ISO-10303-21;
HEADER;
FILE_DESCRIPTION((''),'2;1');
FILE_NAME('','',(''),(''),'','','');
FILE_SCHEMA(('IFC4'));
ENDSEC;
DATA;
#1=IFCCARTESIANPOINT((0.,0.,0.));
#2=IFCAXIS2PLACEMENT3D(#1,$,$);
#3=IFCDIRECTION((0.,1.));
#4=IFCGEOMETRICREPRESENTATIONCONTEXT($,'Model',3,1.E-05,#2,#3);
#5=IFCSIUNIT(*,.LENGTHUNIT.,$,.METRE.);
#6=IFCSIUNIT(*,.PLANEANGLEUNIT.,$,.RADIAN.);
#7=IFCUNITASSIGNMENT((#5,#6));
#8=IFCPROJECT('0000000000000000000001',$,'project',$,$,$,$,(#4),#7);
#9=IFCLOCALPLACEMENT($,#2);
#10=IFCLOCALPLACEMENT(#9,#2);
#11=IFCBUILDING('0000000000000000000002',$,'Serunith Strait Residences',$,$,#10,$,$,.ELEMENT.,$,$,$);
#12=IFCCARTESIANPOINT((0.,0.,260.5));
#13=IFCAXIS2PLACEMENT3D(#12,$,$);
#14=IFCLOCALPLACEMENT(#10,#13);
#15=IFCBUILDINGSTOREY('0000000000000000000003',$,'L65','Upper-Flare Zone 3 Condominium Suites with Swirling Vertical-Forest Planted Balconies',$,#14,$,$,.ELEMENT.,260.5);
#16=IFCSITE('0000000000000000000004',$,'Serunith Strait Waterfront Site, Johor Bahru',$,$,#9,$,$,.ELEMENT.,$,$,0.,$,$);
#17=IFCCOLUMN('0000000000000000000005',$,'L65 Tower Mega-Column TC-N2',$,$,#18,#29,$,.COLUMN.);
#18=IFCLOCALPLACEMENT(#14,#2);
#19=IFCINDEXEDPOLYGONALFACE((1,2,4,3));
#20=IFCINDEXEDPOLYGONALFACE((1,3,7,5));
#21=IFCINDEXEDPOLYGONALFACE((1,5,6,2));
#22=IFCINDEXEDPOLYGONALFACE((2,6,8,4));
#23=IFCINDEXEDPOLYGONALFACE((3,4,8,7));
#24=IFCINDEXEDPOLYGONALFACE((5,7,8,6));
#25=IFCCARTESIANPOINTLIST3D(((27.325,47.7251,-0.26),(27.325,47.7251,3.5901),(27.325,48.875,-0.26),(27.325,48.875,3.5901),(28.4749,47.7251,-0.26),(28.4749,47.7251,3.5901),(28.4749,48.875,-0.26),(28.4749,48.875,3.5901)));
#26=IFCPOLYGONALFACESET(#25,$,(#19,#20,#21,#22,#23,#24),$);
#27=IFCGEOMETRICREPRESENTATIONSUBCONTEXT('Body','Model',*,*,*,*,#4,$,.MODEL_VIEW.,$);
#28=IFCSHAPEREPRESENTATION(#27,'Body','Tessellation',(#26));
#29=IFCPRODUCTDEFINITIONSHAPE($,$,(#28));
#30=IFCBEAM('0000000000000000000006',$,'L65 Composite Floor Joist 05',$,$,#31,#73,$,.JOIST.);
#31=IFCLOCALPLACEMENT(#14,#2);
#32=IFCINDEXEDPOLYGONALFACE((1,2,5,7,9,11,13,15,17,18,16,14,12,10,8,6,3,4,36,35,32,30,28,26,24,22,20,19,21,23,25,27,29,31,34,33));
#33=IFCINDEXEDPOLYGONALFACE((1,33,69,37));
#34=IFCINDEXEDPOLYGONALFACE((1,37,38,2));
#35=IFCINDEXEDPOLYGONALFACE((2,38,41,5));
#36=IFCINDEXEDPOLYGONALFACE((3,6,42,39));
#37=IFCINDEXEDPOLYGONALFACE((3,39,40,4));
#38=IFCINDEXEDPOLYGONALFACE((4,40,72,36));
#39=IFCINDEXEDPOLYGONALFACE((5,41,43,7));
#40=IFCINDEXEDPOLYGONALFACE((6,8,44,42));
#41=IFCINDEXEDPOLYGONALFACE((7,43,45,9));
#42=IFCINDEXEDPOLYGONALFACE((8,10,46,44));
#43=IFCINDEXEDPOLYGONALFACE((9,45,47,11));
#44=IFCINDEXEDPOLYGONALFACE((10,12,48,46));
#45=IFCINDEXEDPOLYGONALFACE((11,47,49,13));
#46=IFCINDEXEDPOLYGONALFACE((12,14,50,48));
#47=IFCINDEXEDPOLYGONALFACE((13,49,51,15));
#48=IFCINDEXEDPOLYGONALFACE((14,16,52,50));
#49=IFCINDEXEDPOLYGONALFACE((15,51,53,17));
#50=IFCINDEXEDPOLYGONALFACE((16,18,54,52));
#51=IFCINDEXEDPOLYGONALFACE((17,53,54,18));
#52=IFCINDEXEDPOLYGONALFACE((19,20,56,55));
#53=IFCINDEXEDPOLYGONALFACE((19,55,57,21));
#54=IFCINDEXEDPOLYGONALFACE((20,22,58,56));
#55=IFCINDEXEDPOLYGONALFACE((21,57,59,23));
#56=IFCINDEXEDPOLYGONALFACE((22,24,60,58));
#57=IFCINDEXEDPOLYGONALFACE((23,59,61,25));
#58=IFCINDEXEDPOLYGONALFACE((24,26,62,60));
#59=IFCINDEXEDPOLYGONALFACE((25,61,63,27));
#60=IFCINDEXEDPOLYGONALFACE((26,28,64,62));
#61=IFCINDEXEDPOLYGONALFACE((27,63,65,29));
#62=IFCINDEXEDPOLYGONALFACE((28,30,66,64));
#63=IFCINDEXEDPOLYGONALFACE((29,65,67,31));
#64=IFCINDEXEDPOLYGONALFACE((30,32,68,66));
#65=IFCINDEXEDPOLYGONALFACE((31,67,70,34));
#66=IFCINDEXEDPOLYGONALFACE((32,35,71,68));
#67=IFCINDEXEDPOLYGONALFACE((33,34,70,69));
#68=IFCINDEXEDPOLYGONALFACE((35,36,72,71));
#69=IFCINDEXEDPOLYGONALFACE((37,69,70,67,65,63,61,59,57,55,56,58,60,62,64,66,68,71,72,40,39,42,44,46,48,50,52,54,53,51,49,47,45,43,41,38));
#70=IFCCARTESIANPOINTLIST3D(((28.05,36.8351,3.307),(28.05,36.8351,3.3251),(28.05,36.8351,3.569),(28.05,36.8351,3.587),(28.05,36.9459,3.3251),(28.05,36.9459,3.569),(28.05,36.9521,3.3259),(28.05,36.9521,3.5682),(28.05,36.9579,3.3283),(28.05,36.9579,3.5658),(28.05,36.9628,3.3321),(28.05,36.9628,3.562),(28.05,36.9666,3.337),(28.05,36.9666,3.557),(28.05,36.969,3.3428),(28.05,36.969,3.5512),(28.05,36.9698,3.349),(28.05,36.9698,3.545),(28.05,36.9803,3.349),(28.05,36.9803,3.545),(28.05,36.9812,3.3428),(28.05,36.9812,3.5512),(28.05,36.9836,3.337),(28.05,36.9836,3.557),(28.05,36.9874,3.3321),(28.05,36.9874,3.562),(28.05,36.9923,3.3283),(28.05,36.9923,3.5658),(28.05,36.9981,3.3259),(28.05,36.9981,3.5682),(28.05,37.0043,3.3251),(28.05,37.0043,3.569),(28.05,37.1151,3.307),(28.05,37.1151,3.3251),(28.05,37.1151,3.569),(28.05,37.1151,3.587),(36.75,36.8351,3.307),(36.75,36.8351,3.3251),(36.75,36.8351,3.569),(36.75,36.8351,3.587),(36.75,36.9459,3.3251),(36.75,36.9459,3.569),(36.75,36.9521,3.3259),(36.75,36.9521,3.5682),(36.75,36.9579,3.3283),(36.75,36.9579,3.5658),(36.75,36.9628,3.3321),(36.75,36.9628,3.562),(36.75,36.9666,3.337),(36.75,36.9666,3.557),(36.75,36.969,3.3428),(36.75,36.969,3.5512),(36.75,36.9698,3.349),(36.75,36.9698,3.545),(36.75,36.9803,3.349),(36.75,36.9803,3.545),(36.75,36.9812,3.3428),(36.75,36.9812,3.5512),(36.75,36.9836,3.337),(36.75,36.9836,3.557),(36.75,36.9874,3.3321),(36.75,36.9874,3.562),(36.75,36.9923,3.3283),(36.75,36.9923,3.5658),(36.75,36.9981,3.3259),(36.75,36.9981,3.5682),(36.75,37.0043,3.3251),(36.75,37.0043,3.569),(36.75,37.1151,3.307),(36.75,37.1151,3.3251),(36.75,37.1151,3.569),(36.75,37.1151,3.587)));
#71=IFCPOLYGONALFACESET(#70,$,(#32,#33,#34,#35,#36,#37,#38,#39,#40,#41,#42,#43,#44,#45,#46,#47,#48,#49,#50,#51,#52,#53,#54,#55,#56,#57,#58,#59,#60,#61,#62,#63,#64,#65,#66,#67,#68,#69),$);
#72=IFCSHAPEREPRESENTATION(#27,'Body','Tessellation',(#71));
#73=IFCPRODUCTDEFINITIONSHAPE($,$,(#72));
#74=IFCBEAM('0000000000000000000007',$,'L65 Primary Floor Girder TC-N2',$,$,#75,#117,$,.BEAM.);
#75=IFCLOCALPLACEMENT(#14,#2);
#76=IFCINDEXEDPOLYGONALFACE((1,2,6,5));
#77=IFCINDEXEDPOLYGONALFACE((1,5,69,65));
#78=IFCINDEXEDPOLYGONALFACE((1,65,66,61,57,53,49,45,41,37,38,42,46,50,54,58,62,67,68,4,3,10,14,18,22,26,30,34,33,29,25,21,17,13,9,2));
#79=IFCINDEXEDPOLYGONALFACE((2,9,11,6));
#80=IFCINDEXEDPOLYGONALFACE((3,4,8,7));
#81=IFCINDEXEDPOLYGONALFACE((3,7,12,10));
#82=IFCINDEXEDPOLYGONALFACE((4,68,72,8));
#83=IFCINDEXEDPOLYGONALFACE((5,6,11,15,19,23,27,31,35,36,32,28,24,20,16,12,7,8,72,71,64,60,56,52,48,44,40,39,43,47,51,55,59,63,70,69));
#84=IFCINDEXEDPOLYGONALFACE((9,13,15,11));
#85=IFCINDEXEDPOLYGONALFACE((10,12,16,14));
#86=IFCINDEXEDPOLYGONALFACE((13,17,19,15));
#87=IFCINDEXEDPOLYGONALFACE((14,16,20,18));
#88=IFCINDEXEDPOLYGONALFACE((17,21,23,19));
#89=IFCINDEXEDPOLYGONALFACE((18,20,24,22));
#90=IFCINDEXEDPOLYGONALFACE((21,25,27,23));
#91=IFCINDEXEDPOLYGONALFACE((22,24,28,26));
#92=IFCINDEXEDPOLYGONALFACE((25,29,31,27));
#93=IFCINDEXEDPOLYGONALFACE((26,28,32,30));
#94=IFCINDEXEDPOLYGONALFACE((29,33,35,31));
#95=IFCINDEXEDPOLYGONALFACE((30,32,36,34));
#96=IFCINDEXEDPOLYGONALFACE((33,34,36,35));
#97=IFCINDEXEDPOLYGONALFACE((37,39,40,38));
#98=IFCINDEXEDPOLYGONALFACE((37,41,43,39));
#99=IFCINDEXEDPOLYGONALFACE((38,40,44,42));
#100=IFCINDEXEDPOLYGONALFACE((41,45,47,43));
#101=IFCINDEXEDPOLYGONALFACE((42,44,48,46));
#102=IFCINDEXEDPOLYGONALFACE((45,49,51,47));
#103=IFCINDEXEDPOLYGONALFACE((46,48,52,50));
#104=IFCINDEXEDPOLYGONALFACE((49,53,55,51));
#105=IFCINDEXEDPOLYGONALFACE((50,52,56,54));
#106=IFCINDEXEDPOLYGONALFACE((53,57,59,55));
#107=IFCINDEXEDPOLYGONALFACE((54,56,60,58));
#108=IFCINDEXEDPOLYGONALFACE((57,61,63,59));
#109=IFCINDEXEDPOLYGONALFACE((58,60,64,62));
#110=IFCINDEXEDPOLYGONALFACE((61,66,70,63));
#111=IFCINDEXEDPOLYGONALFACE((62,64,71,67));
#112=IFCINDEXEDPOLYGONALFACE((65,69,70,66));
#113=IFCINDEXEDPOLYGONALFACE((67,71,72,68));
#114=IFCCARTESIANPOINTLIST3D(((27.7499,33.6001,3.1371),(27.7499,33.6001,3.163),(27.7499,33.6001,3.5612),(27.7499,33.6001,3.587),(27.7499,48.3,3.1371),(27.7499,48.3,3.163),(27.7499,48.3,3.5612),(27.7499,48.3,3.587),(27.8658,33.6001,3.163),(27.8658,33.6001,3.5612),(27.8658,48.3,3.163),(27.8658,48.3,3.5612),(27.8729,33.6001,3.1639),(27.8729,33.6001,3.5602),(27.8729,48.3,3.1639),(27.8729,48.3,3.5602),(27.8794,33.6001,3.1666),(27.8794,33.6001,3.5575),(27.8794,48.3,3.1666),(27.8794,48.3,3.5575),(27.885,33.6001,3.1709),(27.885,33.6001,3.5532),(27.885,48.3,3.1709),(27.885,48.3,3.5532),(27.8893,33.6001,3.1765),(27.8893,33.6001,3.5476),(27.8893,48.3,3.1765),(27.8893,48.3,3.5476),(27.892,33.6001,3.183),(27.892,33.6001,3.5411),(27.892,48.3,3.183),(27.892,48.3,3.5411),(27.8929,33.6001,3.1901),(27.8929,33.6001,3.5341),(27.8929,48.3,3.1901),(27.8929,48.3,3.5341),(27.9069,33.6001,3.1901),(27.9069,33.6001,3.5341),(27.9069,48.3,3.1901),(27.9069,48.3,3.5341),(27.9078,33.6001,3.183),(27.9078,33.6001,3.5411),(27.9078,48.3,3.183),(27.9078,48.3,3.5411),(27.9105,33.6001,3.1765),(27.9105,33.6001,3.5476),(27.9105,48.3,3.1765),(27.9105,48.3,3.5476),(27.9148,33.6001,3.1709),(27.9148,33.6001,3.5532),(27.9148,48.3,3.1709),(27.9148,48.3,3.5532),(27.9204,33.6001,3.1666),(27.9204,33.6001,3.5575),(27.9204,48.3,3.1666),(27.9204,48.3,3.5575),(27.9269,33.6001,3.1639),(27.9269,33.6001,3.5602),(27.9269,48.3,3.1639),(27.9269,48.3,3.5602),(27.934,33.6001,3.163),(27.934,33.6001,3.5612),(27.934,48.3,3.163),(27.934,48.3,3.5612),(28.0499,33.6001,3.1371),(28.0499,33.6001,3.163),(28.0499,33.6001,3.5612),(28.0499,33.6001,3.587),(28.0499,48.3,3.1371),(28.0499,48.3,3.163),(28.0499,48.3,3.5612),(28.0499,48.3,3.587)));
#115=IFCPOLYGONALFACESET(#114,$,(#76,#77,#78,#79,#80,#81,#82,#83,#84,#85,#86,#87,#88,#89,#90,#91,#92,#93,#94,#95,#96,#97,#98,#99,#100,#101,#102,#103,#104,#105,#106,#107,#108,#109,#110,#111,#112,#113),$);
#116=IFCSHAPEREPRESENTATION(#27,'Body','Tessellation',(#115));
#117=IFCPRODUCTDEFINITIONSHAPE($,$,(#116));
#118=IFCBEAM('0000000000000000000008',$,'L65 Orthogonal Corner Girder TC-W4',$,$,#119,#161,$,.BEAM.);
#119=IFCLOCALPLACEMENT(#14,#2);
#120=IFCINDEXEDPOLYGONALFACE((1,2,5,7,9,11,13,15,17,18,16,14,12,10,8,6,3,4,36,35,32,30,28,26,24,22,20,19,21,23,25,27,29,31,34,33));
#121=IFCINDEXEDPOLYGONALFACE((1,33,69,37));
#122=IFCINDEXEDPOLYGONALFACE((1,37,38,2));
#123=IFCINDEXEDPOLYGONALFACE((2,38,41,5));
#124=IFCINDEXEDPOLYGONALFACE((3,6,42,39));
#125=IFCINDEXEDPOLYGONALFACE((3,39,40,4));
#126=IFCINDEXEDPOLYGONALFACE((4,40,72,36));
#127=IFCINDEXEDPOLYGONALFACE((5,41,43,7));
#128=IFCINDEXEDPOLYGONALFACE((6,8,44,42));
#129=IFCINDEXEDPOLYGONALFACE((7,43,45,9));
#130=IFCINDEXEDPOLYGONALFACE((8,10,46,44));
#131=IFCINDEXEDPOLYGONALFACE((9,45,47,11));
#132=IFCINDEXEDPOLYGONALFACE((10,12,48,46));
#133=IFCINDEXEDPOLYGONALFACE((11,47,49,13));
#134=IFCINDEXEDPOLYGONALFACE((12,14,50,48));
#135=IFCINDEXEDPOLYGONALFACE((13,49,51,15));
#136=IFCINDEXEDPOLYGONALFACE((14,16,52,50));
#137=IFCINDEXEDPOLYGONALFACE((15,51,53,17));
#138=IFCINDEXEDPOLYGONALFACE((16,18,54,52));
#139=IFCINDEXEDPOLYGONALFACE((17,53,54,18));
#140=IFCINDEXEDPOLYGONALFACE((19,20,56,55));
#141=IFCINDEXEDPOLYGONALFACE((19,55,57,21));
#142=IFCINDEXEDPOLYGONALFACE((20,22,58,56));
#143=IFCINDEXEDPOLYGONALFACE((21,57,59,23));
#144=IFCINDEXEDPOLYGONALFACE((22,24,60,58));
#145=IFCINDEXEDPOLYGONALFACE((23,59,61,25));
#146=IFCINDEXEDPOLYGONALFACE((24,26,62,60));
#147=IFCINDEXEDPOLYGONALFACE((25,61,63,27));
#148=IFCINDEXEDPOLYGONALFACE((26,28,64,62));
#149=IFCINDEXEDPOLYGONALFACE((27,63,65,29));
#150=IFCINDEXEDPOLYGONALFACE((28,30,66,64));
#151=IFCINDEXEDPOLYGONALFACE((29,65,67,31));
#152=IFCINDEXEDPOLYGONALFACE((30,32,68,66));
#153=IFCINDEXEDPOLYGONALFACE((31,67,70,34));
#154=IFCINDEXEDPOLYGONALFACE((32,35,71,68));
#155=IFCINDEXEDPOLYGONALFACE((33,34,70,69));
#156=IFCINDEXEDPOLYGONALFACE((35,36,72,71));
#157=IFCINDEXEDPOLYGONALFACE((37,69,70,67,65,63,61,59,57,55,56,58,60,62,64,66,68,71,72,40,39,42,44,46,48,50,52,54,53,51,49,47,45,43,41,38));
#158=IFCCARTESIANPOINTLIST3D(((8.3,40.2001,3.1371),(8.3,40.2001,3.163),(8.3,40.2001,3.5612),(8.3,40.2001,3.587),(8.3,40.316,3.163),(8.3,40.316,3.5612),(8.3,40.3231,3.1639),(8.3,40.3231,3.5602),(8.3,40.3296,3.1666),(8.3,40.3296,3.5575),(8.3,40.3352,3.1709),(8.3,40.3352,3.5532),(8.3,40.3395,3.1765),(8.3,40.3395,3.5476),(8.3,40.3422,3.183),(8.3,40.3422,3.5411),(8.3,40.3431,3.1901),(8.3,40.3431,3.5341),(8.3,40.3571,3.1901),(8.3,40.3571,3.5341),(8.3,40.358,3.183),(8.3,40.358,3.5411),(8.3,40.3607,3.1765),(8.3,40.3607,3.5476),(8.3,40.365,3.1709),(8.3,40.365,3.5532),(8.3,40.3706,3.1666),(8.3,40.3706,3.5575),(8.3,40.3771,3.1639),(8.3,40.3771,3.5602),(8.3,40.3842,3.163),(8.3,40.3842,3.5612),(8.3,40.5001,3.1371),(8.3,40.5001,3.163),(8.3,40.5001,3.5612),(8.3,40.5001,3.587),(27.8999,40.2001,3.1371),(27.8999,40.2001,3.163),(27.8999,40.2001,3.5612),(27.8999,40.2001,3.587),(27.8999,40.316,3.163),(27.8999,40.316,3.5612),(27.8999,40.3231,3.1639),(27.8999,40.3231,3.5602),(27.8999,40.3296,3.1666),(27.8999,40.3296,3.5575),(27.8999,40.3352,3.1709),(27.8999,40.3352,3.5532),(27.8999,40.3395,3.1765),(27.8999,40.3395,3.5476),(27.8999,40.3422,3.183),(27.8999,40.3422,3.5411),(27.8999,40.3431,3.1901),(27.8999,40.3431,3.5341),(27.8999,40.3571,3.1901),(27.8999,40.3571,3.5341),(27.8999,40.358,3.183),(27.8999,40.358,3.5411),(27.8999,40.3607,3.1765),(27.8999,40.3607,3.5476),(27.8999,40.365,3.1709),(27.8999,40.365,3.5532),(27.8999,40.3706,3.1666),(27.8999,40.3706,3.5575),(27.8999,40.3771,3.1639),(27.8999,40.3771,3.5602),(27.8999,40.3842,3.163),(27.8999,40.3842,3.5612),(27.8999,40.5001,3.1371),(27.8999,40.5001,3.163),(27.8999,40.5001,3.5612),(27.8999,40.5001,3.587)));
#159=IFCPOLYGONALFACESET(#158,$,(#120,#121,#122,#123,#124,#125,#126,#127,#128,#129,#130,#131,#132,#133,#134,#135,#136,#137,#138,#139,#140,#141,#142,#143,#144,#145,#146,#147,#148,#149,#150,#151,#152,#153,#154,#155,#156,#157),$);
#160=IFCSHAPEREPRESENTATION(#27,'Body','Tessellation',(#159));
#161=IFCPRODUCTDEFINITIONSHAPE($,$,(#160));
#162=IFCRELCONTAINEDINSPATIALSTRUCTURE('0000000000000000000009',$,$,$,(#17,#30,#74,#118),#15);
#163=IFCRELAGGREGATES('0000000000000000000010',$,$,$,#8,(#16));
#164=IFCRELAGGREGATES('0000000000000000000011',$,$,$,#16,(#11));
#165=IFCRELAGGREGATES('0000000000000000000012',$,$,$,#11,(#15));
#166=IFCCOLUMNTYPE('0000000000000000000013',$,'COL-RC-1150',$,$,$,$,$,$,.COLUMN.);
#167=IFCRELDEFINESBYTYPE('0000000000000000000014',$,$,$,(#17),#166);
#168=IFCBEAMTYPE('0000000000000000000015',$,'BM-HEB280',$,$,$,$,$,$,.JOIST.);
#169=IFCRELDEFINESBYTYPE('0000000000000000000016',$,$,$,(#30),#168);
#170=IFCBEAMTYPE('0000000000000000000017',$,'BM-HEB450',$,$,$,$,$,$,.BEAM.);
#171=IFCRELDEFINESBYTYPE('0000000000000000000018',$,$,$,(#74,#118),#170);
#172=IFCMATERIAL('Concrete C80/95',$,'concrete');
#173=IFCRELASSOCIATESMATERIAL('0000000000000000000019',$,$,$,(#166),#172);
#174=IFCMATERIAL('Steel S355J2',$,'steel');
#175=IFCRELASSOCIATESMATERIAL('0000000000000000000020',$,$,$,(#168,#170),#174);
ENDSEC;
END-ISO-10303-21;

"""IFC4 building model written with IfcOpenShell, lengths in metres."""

from ifc_helpers import new_model, si_unit, direction, frame, origin, origin_2d, place, context, subcontext, project, spatial, rectangle, i_section, extrude, source, transform, mapped, material, material_profile, profile_set, type_object, element, save


model = new_model("IFC4")

# Units and contexts
model_context = context("Model", 3, precision=1e-05, world=origin(), true_north=direction((0.0, 1.0)))
body_context = subcontext(model_context, "Body", "Model", "MODEL_VIEW")
ifc_project = project(units=[si_unit("LENGTHUNIT", "METRE"), si_unit("PLANEANGLEUNIT", "RADIAN")], contexts=[model_context])

# Site, building, storey
site_placement = place(None, origin())
site = spatial("IfcSite", under=ifc_project, at=site_placement, Name="Serunith Strait Waterfront Site, Johor Bahru", CompositionType="ELEMENT", RefElevation=0.0)
building_placement = place(site_placement, origin())
building = spatial("IfcBuilding", under=site, at=building_placement, Name="Serunith Strait Residences", CompositionType="ELEMENT")
storey_placement = place(building_placement, frame((0.0, 0.0, 260.5)))
storey = spatial("IfcBuildingStorey", under=building, at=storey_placement, Name="L65", Description="Upper-Flare Zone 3 Condominium Suites with Swirling Vertical-Forest Planted Balconies", CompositionType="ELEMENT", Elevation=260.5)

# Column
ifc_material_1 = material(Name="Concrete C80/95", Category="concrete")
ifc_material_profile_1 = material_profile(ifc_material_1, rectangle(XDim=1.1499, YDim=1.1499, at=origin_2d()), Name="RC 1150x1150")
ifc_profile_set_1 = profile_set([ifc_material_profile_1], Name="Concrete C80/95")
column_type = type_object("IfcColumnType", Name="COL-RC-1150", PredefinedType="COLUMN", material=ifc_profile_set_1)
shared_shape_1 = source(origin(), body_context, "Body", "SweptSolid", [
    extrude(rectangle(XDim=1.1499, YDim=1.1499, at=origin_2d()), origin(), (0.0, 0.0, 1.0), 3.8501),
])
column_placement = place(storey_placement, frame((27.8999, 48.3, -0.26), z_axis=(0.0, 0.0, 1.0), x_axis=(1.0, 0.0, 0.0)))
element("IfcColumn", 1, at=column_placement, inside=storey, type_object=column_type, Name="L65 Tower Mega-Column TC-N2", PredefinedType="COLUMN", context=body_context, shape_type="MappedRepresentation", body=[
    mapped(shared_shape_1, transform((0.0, 0.0, 0.0), scale=1.0)),
])

# Beams
ifc_material_2 = material(Name="Steel S355J2", Category="steel")
ifc_material_profile_2 = material_profile(ifc_material_2, i_section(OverallWidth=0.28, OverallDepth=0.28, WebThickness=0.0105, FlangeThickness=0.0181, FilletRadius=0.0239, at=origin_2d()), Name="HEB 280")
ifc_profile_set_2 = profile_set([ifc_material_profile_2], Name="Steel S355J2")
beam_type_1 = type_object("IfcBeamType", Name="BM-HEB280", PredefinedType="JOIST", material=ifc_profile_set_2)
shared_shape_2 = source(origin(), body_context, "Body", "SweptSolid", [
    extrude(i_section(OverallWidth=0.28, OverallDepth=0.28, WebThickness=0.0105, FlangeThickness=0.0181, FilletRadius=0.0239, at=origin_2d()), origin(), (0.0, 0.0, 1.0), 8.7),
])
beam_1_placement = place(storey_placement, frame((28.05, 36.9751, 3.447), z_axis=(1.0, 0.0, 0.0), x_axis=(0.0, 1.0, 0.0)))
element("IfcBeam", 2, at=beam_1_placement, inside=storey, type_object=beam_type_1, Name="L65 Composite Floor Joist 05", PredefinedType="JOIST", context=body_context, shape_type="MappedRepresentation", body=[
    mapped(shared_shape_2, transform((0.0, 0.0, 0.0), scale=1.0)),
])
ifc_material_profile_3 = material_profile(ifc_material_2, i_section(OverallWidth=0.3, OverallDepth=0.45, WebThickness=0.0139, FlangeThickness=0.0259, FilletRadius=0.0271, at=origin_2d()), Name="HEB 450")
ifc_profile_set_3 = profile_set([ifc_material_profile_3], Name="Steel S355J2")
beam_type_2 = type_object("IfcBeamType", Name="BM-HEB450", PredefinedType="BEAM", material=ifc_profile_set_3)
shared_shape_3 = source(origin(), body_context, "Body", "SweptSolid", [
    extrude(i_section(OverallWidth=0.3, OverallDepth=0.45, WebThickness=0.0139, FlangeThickness=0.0259, FilletRadius=0.0271, at=origin_2d()), origin(), (0.0, 0.0, 1.0), 14.7),
])
beam_2_placement = place(storey_placement, frame((27.8999, 33.6001, 3.3621), z_axis=(0.0, 1.0, 0.0), x_axis=(-1.0, 0.0, 0.0)))
element("IfcBeam", 3, at=beam_2_placement, inside=storey, type_object=beam_type_2, Name="L65 Primary Floor Girder TC-N2", PredefinedType="BEAM", context=body_context, shape_type="MappedRepresentation", body=[
    mapped(shared_shape_3, transform((0.0, 0.0, 0.0), scale=1.0)),
])
shared_shape_4 = source(origin(), body_context, "Body", "SweptSolid", [
    extrude(i_section(OverallWidth=0.3, OverallDepth=0.45, WebThickness=0.0139, FlangeThickness=0.0259, FilletRadius=0.0271, at=origin_2d()), origin(), (0.0, 0.0, 1.0), 19.5999),
])
beam_3_placement = place(storey_placement, frame((27.8999, 40.3501, 3.3621), z_axis=(-1.0, 0.0, 0.0), x_axis=(0.0, -1.0, 0.0)))
element("IfcBeam", 4, at=beam_3_placement, inside=storey, type_object=beam_type_2, Name="L65 Orthogonal Corner Girder TC-W4", PredefinedType="BEAM", context=body_context, shape_type="MappedRepresentation", body=[
    mapped(shared_shape_4, transform((0.0, 0.0, 0.0), scale=1.0)),
])

save(model, "model.ifc")
